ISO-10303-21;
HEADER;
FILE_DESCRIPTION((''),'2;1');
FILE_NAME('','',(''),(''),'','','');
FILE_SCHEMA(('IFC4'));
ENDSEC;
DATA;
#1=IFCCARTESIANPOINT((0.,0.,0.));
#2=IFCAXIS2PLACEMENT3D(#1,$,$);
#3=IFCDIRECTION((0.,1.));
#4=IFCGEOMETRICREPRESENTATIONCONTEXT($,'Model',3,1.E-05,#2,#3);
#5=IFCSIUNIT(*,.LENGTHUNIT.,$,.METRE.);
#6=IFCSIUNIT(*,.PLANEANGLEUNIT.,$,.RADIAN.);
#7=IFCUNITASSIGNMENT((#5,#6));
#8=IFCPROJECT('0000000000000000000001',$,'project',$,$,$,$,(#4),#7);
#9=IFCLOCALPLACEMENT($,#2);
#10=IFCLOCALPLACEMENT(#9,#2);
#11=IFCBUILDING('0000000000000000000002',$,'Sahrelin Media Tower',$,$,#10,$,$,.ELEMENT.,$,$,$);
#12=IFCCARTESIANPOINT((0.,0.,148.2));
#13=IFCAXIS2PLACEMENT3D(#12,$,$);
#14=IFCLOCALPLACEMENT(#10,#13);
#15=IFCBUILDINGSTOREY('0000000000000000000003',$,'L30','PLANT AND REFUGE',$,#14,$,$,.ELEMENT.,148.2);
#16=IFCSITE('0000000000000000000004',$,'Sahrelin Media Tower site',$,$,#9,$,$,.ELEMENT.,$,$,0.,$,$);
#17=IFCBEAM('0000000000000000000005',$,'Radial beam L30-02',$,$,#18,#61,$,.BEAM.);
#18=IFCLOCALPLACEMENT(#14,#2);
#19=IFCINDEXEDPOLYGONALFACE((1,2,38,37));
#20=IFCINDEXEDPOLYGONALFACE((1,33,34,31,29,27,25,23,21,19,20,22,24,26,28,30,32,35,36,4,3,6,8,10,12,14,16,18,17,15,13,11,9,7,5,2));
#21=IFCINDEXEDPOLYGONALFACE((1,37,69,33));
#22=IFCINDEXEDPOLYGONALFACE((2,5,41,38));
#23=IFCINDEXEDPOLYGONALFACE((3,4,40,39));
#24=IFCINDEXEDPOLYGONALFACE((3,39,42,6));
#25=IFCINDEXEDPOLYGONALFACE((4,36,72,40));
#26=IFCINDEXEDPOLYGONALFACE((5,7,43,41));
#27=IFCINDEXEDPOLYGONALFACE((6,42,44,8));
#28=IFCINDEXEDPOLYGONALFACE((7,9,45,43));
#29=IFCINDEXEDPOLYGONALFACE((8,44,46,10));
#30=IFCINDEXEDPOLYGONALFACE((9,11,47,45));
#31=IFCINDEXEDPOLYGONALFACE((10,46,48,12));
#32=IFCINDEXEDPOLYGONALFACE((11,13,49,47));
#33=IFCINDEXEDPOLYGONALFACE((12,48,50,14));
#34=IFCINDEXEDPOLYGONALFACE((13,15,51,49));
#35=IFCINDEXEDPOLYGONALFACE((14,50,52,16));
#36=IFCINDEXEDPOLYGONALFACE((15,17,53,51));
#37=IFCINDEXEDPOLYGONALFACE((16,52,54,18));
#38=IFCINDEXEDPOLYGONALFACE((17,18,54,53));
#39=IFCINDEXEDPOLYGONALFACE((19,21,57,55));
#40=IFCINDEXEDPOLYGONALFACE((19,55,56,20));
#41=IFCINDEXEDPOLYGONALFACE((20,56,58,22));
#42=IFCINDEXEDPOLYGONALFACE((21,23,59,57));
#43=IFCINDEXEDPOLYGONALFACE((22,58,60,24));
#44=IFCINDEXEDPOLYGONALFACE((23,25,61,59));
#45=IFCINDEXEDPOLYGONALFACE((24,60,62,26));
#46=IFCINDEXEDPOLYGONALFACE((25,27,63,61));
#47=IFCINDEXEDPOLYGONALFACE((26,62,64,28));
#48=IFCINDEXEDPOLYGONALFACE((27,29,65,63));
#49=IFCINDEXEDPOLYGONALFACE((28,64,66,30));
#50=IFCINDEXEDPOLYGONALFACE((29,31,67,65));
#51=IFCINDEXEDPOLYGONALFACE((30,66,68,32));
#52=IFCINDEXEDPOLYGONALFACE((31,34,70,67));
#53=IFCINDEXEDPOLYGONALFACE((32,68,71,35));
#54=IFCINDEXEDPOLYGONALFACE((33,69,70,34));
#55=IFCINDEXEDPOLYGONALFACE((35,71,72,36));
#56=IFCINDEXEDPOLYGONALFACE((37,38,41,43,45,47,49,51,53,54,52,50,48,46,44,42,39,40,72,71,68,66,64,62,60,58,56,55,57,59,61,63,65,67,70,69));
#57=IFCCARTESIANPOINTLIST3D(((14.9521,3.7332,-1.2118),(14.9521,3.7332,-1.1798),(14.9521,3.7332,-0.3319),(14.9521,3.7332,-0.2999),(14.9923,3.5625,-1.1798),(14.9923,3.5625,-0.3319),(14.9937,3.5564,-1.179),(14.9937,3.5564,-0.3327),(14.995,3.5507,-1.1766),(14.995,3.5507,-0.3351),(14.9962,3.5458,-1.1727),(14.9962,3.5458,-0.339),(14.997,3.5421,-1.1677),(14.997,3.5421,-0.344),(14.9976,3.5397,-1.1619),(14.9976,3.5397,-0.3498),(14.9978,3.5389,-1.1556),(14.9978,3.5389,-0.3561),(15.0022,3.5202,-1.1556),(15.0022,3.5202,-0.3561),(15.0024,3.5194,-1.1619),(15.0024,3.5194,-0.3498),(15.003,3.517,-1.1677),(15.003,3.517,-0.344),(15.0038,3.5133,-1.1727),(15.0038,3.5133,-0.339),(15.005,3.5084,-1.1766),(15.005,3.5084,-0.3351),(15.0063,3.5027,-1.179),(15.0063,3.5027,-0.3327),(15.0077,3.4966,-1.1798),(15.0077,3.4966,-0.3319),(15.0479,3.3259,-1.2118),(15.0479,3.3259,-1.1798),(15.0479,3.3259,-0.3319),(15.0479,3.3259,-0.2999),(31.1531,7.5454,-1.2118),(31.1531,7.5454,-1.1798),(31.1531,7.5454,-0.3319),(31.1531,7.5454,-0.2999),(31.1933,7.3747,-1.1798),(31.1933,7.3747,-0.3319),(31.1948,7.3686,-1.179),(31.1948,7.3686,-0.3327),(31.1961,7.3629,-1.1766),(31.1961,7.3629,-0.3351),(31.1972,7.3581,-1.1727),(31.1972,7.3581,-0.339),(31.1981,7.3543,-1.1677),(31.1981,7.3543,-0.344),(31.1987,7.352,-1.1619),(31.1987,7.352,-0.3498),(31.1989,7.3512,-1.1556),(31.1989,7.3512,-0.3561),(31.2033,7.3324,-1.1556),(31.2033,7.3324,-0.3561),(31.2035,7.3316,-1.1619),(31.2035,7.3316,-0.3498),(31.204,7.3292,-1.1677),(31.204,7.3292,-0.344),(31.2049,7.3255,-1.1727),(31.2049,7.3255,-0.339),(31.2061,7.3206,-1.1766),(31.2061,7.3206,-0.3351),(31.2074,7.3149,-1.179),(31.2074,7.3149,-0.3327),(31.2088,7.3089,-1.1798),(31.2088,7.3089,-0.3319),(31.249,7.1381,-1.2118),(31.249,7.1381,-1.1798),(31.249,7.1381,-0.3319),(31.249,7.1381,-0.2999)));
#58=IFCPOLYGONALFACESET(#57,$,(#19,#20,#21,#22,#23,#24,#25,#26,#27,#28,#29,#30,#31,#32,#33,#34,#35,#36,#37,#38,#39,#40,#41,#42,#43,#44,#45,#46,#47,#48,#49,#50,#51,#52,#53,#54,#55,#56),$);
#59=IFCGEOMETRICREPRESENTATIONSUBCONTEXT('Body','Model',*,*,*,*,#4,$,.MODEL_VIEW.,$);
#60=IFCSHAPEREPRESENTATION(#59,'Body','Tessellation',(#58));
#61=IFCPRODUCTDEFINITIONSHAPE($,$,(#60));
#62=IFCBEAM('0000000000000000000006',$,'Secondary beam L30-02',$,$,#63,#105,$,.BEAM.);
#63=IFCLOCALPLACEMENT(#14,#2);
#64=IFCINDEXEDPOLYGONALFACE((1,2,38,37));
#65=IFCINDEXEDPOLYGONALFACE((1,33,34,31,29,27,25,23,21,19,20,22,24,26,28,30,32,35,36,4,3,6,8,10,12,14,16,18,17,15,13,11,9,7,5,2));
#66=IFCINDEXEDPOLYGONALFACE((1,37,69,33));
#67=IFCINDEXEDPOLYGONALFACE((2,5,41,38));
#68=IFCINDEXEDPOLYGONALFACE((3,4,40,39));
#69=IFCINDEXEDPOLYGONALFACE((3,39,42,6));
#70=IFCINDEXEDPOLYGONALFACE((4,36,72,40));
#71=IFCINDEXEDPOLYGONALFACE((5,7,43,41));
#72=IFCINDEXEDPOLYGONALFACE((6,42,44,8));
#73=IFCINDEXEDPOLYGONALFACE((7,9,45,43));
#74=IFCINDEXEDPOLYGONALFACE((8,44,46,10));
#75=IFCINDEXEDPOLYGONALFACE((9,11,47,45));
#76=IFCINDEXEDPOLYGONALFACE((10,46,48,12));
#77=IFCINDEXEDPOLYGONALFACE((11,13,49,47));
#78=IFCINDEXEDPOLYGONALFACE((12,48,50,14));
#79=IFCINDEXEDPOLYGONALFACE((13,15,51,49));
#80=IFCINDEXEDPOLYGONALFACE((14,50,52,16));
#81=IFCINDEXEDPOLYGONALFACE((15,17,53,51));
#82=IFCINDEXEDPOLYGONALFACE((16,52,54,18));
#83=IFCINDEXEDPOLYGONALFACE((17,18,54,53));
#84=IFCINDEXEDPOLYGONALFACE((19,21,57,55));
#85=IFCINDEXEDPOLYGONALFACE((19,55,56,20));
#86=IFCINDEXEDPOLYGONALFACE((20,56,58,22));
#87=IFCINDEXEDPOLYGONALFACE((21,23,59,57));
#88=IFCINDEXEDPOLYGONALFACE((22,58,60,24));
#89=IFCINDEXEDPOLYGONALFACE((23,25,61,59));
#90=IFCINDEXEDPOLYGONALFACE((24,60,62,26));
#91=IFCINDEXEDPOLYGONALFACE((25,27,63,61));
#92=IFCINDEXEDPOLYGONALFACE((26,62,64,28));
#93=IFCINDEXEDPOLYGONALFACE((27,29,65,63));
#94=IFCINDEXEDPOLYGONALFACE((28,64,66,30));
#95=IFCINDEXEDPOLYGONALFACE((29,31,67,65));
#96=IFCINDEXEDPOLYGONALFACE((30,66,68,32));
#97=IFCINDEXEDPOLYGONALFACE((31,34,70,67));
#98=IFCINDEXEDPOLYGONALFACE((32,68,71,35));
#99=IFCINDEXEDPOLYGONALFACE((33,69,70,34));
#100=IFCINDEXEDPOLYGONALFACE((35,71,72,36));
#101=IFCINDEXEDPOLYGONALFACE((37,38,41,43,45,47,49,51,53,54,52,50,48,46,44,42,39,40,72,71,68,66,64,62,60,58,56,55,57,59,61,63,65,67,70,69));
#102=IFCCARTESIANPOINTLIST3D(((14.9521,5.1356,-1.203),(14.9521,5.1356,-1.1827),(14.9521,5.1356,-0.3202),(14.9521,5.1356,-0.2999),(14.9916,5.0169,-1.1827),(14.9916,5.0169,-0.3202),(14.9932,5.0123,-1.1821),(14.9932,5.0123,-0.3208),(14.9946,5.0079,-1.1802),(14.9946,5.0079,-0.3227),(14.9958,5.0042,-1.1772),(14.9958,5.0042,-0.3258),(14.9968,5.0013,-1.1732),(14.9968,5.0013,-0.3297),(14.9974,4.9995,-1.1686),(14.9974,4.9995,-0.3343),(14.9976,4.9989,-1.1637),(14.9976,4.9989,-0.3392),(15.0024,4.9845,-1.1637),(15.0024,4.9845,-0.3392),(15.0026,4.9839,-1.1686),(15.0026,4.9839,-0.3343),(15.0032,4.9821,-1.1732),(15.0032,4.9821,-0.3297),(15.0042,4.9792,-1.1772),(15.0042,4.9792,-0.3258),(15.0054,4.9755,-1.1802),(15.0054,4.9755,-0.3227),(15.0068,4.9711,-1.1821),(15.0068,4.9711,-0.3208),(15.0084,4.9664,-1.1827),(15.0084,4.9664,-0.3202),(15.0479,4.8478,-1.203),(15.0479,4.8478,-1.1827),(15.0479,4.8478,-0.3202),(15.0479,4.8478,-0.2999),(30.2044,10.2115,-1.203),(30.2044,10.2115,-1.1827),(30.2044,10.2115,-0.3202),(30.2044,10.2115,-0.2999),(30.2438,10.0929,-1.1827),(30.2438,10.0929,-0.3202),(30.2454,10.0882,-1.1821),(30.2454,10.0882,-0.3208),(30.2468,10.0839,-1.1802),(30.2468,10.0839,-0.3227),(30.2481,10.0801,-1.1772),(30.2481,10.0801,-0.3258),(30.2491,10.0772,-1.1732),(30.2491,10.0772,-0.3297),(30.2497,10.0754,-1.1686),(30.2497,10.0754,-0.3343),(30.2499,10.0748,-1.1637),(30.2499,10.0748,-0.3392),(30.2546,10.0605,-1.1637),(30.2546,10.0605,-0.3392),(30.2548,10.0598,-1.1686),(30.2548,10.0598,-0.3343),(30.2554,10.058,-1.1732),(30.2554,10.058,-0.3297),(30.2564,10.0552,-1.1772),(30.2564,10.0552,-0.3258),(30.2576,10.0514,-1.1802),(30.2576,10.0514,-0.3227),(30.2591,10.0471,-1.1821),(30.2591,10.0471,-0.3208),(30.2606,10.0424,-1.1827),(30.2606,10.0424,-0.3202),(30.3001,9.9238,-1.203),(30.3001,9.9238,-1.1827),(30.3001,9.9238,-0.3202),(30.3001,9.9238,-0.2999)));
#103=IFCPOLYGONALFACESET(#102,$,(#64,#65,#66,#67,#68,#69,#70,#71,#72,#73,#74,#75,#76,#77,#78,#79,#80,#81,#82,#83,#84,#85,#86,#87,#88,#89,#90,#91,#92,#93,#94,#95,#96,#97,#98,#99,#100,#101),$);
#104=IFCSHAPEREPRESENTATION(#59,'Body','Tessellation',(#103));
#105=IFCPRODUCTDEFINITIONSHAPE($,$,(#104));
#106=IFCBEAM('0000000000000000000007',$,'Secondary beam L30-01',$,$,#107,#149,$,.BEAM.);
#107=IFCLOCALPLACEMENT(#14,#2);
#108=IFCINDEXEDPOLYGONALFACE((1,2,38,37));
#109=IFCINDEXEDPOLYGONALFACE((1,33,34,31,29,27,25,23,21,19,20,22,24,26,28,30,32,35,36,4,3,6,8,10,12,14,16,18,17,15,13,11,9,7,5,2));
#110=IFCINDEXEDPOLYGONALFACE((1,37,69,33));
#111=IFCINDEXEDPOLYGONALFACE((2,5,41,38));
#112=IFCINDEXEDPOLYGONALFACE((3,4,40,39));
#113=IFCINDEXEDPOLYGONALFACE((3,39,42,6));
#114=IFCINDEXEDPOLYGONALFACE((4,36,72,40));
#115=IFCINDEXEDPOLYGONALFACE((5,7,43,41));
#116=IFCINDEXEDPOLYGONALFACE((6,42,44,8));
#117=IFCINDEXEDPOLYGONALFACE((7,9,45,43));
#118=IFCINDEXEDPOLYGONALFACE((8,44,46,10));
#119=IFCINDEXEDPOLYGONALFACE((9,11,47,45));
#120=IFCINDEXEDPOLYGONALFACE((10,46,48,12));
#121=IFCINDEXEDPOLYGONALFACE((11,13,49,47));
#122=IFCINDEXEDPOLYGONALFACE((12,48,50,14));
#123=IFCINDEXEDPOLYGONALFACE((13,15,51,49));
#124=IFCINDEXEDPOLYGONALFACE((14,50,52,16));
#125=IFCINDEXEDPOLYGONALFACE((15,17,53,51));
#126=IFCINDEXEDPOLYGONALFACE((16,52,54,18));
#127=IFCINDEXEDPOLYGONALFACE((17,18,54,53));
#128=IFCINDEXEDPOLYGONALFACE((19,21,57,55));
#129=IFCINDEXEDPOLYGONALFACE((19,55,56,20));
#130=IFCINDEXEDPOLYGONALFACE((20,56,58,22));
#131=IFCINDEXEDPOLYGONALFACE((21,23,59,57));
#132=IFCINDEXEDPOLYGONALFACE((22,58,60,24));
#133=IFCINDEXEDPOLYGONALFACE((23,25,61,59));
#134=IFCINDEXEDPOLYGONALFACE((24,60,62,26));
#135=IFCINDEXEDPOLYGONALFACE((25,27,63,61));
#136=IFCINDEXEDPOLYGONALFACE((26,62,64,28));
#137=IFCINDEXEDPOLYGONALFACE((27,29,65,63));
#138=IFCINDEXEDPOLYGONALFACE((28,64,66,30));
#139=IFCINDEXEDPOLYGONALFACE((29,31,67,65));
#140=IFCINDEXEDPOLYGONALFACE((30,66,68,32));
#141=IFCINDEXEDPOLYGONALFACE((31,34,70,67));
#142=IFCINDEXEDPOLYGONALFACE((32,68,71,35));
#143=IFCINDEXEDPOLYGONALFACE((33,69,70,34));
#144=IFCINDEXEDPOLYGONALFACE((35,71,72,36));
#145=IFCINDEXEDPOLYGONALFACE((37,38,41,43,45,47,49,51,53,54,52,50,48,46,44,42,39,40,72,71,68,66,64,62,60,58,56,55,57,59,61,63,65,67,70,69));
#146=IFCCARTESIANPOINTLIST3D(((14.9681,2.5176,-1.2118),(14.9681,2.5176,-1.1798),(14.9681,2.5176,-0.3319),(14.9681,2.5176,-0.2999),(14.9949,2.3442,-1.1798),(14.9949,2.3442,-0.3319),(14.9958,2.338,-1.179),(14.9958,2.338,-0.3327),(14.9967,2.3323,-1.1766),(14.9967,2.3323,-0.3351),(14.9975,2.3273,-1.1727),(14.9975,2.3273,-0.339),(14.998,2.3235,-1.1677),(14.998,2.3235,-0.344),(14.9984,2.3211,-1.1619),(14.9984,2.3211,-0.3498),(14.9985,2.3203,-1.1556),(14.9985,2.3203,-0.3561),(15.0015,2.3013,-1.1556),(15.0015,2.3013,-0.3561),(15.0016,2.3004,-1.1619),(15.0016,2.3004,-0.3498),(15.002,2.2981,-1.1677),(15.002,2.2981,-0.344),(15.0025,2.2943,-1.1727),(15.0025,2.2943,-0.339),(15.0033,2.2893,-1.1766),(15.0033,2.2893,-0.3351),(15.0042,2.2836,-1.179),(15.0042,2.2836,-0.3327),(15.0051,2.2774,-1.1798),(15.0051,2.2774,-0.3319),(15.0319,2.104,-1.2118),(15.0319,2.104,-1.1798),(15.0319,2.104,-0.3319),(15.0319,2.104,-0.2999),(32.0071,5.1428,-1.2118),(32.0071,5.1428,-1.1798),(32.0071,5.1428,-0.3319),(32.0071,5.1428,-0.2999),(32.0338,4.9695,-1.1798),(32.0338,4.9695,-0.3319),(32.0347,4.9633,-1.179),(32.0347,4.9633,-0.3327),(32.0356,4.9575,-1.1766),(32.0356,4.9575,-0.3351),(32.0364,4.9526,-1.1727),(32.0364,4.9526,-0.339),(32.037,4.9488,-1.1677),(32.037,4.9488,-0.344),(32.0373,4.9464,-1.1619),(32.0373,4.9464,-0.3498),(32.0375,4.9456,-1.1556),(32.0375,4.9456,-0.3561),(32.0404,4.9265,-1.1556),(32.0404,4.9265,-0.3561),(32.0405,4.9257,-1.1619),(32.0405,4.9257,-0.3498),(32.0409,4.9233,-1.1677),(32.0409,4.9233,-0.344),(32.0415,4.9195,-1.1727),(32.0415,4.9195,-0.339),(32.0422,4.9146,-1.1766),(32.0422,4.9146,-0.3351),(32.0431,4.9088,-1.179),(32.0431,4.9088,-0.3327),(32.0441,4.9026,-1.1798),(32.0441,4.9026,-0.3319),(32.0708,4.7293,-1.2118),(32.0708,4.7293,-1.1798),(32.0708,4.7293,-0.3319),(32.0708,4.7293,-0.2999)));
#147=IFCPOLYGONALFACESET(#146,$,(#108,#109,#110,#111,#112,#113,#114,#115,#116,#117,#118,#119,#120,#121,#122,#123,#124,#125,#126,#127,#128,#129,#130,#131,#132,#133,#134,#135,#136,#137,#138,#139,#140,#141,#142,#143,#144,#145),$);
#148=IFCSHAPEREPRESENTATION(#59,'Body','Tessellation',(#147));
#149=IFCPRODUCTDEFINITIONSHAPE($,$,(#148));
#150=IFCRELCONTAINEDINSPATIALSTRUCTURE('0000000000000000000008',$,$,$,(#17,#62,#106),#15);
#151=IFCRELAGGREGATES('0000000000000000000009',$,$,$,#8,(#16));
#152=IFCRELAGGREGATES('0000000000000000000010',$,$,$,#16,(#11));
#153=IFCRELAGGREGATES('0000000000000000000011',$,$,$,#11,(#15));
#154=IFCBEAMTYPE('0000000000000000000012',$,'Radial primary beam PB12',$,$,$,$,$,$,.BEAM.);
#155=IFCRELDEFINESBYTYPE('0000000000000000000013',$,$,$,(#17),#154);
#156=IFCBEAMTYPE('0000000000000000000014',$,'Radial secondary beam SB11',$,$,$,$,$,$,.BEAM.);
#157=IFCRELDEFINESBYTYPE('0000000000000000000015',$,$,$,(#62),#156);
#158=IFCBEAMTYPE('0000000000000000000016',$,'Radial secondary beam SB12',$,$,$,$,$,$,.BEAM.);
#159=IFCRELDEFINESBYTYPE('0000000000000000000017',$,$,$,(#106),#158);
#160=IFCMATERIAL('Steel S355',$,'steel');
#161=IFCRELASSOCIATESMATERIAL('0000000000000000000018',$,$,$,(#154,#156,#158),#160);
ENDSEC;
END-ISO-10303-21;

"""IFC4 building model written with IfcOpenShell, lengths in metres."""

from ifc_helpers import new_model, si_unit, direction, frame, origin, origin_2d, place, context, subcontext, project, spatial, i_section, extrude, material, material_profile, profile_set, type_object, element, save


model = new_model("IFC4")

# Units and contexts
model_context = context("Model", 3, precision=1e-05, world=origin(), true_north=direction((0.0, 1.0)))
body_context = subcontext(model_context, "Body", "Model", "MODEL_VIEW")
ifc_project = project(units=[si_unit("LENGTHUNIT", "METRE"), si_unit("PLANEANGLEUNIT", "RADIAN")], contexts=[model_context])

# Site, building, storey
site_placement = place(None, origin())
site = spatial("IfcSite", under=ifc_project, at=site_placement, Name="Sahrelin Media Tower site", CompositionType="ELEMENT", RefElevation=0.0)
building_placement = place(site_placement, origin())
building = spatial("IfcBuilding", under=site, at=building_placement, Name="Sahrelin Media Tower", CompositionType="ELEMENT")
storey_placement = place(building_placement, frame((0.0, 0.0, 148.2)))
storey = spatial("IfcBuildingStorey", under=building, at=storey_placement, Name="L30", Description="PLANT AND REFUGE", CompositionType="ELEMENT", Elevation=148.2)

# Beams
ifc_material_1 = material(Name="Steel S355", Category="steel")
ifc_material_profile_1 = material_profile(ifc_material_1, i_section(OverallWidth=0.4185, OverallDepth=0.9119, WebThickness=0.0193, FlangeThickness=0.032, FilletRadius=0.0242, at=origin_2d()), Name="UB 914x419x343")
ifc_profile_set_1 = profile_set([ifc_material_profile_1], Name="Steel S355")
beam_type_1 = type_object("IfcBeamType", Name="Radial primary beam PB12", PredefinedType="BEAM", material=ifc_profile_set_1)
beam_1_placement = place(storey_placement, frame((15.0, 3.5295, -0.7559), z_axis=(0.973414, 0.229052, 0.0), x_axis=(-0.229052, 0.973414, 0.0)))
element("IfcBeam", 1, at=beam_1_placement, inside=storey, type_object=beam_type_1, Name="Radial beam L30-02", PredefinedType="BEAM", context=body_context, shape_type="SweptSolid", body=[
    extrude(i_section(OverallWidth=0.4185, OverallDepth=0.9119, WebThickness=0.0193, FlangeThickness=0.032, FilletRadius=0.0242, at=origin_2d()), origin(), (0.0, 0.0, 1.0), 16.6436),
])
ifc_material_profile_2 = material_profile(ifc_material_1, i_section(OverallWidth=0.3032, OverallDepth=0.9031, WebThickness=0.0151, FlangeThickness=0.0203, FilletRadius=0.019, at=origin_2d()), Name="UB 914x305x201")
ifc_profile_set_2 = profile_set([ifc_material_profile_2], Name="Steel S355")
beam_type_2 = type_object("IfcBeamType", Name="Radial secondary beam SB11", PredefinedType="BEAM", material=ifc_profile_set_2)
beam_2_placement = place(storey_placement, frame((15.0, 4.9917, -0.7515), z_axis=(0.948835, 0.315772, 0.0), x_axis=(-0.315772, 0.948835, 0.0)))
element("IfcBeam", 2, at=beam_2_placement, inside=storey, type_object=beam_type_2, Name="Secondary beam L30-02", PredefinedType="BEAM", context=body_context, shape_type="SweptSolid", body=[
    extrude(i_section(OverallWidth=0.3032, OverallDepth=0.9031, WebThickness=0.0151, FlangeThickness=0.0203, FilletRadius=0.019, at=origin_2d()), origin(), (0.0, 0.0, 1.0), 16.0747),
])
ifc_material_profile_3 = material_profile(ifc_material_1, i_section(OverallWidth=0.4185, OverallDepth=0.9119, WebThickness=0.0193, FlangeThickness=0.032, FilletRadius=0.0242, at=origin_2d()), Name="UB 914x419x343")
ifc_profile_set_3 = profile_set([ifc_material_profile_3], Name="Steel S355")
beam_type_3 = type_object("IfcBeamType", Name="Radial secondary beam SB12", PredefinedType="BEAM", material=ifc_profile_set_3)
beam_3_placement = place(storey_placement, frame((15.0, 2.3108, -0.7559), z_axis=(0.988338, 0.152277, 0.0), x_axis=(-0.152277, 0.988338, 0.0)))
element("IfcBeam", 3, at=beam_3_placement, inside=storey, type_object=beam_type_3, Name="Secondary beam L30-01", PredefinedType="BEAM", context=body_context, shape_type="SweptSolid", body=[
    extrude(i_section(OverallWidth=0.4185, OverallDepth=0.9119, WebThickness=0.0193, FlangeThickness=0.032, FilletRadius=0.0242, at=origin_2d()), origin(), (0.0, 0.0, 1.0), 17.24),
])

save(model, "model.ifc")
